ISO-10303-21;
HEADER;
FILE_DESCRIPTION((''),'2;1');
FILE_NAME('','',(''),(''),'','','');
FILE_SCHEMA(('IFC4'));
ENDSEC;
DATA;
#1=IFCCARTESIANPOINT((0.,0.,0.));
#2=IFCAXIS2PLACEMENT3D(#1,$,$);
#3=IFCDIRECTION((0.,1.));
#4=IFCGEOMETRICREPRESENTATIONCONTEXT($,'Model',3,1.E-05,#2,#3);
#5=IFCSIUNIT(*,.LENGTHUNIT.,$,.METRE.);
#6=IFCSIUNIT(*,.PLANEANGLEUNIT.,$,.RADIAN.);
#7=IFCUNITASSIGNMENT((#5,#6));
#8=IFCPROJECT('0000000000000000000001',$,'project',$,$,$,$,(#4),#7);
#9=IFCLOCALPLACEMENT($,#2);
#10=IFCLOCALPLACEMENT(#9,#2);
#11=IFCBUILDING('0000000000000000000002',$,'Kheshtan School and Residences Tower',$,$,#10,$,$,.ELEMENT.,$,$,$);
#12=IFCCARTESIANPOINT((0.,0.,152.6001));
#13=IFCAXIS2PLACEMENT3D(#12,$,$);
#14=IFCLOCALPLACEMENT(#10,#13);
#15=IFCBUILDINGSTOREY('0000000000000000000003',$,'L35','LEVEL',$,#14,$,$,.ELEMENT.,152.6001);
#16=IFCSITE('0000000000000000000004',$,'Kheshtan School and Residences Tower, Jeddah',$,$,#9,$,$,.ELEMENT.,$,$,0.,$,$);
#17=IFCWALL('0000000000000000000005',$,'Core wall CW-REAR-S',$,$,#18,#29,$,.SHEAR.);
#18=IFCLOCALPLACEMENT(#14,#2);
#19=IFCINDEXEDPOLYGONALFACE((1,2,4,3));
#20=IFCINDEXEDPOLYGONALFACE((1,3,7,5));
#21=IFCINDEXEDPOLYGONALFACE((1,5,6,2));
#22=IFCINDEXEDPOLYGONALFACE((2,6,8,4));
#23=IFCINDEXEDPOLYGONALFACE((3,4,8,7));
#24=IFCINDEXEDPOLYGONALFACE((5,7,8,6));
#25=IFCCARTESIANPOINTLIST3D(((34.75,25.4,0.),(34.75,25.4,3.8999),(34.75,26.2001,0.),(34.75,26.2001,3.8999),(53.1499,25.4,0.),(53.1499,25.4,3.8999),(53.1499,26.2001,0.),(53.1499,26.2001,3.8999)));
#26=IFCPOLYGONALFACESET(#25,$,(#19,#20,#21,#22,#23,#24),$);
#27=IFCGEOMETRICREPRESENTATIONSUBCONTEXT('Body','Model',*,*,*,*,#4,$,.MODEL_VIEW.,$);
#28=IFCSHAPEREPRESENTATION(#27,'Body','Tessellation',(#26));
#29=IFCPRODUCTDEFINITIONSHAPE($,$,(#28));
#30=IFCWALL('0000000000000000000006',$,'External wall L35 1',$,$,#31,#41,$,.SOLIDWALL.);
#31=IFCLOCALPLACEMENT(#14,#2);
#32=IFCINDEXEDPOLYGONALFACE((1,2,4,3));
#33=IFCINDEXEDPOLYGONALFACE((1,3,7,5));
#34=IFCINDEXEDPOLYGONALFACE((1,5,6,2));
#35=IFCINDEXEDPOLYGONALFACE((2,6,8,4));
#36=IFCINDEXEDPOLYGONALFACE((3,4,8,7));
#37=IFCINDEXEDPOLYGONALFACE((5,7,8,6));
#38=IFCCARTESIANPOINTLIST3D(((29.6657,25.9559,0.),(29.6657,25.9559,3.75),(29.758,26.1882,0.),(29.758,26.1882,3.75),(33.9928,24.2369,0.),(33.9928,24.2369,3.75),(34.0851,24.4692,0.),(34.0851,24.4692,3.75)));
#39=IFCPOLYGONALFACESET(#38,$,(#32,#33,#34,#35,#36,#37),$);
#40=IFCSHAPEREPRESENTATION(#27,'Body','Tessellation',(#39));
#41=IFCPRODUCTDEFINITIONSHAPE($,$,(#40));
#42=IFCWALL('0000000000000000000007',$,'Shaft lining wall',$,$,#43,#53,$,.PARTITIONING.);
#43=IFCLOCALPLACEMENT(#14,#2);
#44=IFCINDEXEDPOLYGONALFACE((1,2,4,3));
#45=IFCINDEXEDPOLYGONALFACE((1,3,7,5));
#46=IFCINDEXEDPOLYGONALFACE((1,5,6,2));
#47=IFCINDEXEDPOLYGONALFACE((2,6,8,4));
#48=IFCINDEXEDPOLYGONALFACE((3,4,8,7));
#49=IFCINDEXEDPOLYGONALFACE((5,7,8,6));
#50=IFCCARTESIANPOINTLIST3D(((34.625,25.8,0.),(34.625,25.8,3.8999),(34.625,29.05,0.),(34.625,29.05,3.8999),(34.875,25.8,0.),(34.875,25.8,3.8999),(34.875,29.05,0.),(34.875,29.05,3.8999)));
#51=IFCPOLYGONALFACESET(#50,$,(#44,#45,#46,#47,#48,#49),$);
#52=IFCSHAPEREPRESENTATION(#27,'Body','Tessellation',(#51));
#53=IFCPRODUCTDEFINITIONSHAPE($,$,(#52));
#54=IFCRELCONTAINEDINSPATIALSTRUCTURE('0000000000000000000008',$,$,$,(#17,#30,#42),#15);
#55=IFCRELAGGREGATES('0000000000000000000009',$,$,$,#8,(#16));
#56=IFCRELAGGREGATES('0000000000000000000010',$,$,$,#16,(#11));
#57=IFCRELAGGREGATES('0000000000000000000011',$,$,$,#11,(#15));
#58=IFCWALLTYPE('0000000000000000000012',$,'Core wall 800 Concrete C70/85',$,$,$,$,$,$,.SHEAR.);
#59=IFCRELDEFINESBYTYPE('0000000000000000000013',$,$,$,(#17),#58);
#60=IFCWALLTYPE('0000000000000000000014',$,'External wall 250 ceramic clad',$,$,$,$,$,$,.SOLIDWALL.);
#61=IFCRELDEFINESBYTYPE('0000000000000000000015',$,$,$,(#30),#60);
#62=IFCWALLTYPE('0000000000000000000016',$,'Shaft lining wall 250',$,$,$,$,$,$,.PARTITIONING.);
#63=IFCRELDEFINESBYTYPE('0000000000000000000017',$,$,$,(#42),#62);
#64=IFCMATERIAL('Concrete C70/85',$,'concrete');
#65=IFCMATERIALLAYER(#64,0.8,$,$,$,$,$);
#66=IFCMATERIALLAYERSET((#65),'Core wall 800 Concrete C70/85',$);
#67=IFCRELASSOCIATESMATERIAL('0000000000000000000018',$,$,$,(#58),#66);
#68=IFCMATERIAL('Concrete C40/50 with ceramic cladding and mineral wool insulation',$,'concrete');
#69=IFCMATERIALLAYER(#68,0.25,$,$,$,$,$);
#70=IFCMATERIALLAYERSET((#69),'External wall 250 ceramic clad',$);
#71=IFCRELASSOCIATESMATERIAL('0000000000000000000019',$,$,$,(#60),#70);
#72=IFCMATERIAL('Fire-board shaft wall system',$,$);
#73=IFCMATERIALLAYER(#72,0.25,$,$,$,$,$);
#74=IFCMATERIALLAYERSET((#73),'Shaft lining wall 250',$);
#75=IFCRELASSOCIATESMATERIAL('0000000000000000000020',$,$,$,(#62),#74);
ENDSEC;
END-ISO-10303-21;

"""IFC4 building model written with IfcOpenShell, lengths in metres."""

from ifc_helpers import new_model, si_unit, direction, frame, frame_2d, origin, place, context, subcontext, project, spatial, rectangle, extrude, material, layer, layer_set, type_object, element, save


model = new_model("IFC4")

# Units and contexts
model_context = context("Model", 3, precision=1e-05, world=origin(), true_north=direction((0.0, 1.0)))
body_context = subcontext(model_context, "Body", "Model", "MODEL_VIEW")
ifc_project = project(units=[si_unit("LENGTHUNIT", "METRE"), si_unit("PLANEANGLEUNIT", "RADIAN")], contexts=[model_context])

# Site, building, storey
site_placement = place(None, origin())
site = spatial("IfcSite", under=ifc_project, at=site_placement, Name="Kheshtan School and Residences Tower, Jeddah", CompositionType="ELEMENT", RefElevation=0.0)
building_placement = place(site_placement, origin())
building = spatial("IfcBuilding", under=site, at=building_placement, Name="Kheshtan School and Residences Tower", CompositionType="ELEMENT")
storey_placement = place(building_placement, frame((0.0, 0.0, 152.6001)))
storey = spatial("IfcBuildingStorey", under=building, at=storey_placement, Name="L35", Description="LEVEL", CompositionType="ELEMENT", Elevation=152.6001)

# Walls
ifc_material_1 = material(Name="Concrete C70/85", Category="concrete")
ifc_layer_1 = layer(ifc_material_1, 0.8)
ifc_layer_set_1 = layer_set([ifc_layer_1], Name="Core wall 800 Concrete C70/85")
wall_type_1 = type_object("IfcWallType", Name="Core wall 800 Concrete C70/85", PredefinedType="SHEAR", material=ifc_layer_set_1)
wall_1_placement = place(storey_placement, frame((34.75, 25.8, 0.0), z_axis=(0.0, 0.0, 1.0), x_axis=(1.0, 0.0, 0.0)))
element("IfcWall", 1, at=wall_1_placement, inside=storey, type_object=wall_type_1, Name="Core wall CW-REAR-S", PredefinedType="SHEAR", context=body_context, shape_type="SweptSolid", body=[
    extrude(rectangle(XDim=18.3999, YDim=0.8, at=frame_2d((9.2, 0.0))), origin(), (0.0, 0.0, 1.0), 3.8999),
])
ifc_material_2 = material(Name="Concrete C40/50 with ceramic cladding and mineral wool insulation", Category="concrete")
ifc_layer_2 = layer(ifc_material_2, 0.25)
ifc_layer_set_2 = layer_set([ifc_layer_2], Name="External wall 250 ceramic clad")
wall_type_2 = type_object("IfcWallType", Name="External wall 250 ceramic clad", PredefinedType="SOLIDWALL", material=ifc_layer_set_2)
wall_2_placement = place(storey_placement, frame((34.0391, 24.353, 0.0), z_axis=(0.0, 0.0, 1.0), x_axis=(-0.929353, 0.369193, 0.0)))
element("IfcWall", 2, at=wall_2_placement, inside=storey, type_object=wall_type_2, Name="External wall L35 1", PredefinedType="SOLIDWALL", context=body_context, shape_type="SweptSolid", body=[
    extrude(rectangle(XDim=4.656, YDim=0.25, at=frame_2d((2.3281, 0.0))), origin(), (0.0, 0.0, 1.0), 3.75),
])
ifc_material_3 = material(Name="Fire-board shaft wall system")
ifc_layer_3 = layer(ifc_material_3, 0.25)
ifc_layer_set_3 = layer_set([ifc_layer_3], Name="Shaft lining wall 250")
wall_type_3 = type_object("IfcWallType", Name="Shaft lining wall 250", PredefinedType="PARTITIONING", material=ifc_layer_set_3)
wall_3_placement = place(storey_placement, frame((34.75, 25.8, 0.0), z_axis=(0.0, 0.0, 1.0), x_axis=(0.0, 1.0, 0.0)))
element("IfcWall", 3, at=wall_3_placement, inside=storey, type_object=wall_type_3, Name="Shaft lining wall", PredefinedType="PARTITIONING", context=body_context, shape_type="SweptSolid", body=[
    extrude(rectangle(XDim=3.25, YDim=0.25, at=frame_2d((1.625, 0.0))), origin(), (0.0, 0.0, 1.0), 3.8999),
])

save(model, "model.ifc")
